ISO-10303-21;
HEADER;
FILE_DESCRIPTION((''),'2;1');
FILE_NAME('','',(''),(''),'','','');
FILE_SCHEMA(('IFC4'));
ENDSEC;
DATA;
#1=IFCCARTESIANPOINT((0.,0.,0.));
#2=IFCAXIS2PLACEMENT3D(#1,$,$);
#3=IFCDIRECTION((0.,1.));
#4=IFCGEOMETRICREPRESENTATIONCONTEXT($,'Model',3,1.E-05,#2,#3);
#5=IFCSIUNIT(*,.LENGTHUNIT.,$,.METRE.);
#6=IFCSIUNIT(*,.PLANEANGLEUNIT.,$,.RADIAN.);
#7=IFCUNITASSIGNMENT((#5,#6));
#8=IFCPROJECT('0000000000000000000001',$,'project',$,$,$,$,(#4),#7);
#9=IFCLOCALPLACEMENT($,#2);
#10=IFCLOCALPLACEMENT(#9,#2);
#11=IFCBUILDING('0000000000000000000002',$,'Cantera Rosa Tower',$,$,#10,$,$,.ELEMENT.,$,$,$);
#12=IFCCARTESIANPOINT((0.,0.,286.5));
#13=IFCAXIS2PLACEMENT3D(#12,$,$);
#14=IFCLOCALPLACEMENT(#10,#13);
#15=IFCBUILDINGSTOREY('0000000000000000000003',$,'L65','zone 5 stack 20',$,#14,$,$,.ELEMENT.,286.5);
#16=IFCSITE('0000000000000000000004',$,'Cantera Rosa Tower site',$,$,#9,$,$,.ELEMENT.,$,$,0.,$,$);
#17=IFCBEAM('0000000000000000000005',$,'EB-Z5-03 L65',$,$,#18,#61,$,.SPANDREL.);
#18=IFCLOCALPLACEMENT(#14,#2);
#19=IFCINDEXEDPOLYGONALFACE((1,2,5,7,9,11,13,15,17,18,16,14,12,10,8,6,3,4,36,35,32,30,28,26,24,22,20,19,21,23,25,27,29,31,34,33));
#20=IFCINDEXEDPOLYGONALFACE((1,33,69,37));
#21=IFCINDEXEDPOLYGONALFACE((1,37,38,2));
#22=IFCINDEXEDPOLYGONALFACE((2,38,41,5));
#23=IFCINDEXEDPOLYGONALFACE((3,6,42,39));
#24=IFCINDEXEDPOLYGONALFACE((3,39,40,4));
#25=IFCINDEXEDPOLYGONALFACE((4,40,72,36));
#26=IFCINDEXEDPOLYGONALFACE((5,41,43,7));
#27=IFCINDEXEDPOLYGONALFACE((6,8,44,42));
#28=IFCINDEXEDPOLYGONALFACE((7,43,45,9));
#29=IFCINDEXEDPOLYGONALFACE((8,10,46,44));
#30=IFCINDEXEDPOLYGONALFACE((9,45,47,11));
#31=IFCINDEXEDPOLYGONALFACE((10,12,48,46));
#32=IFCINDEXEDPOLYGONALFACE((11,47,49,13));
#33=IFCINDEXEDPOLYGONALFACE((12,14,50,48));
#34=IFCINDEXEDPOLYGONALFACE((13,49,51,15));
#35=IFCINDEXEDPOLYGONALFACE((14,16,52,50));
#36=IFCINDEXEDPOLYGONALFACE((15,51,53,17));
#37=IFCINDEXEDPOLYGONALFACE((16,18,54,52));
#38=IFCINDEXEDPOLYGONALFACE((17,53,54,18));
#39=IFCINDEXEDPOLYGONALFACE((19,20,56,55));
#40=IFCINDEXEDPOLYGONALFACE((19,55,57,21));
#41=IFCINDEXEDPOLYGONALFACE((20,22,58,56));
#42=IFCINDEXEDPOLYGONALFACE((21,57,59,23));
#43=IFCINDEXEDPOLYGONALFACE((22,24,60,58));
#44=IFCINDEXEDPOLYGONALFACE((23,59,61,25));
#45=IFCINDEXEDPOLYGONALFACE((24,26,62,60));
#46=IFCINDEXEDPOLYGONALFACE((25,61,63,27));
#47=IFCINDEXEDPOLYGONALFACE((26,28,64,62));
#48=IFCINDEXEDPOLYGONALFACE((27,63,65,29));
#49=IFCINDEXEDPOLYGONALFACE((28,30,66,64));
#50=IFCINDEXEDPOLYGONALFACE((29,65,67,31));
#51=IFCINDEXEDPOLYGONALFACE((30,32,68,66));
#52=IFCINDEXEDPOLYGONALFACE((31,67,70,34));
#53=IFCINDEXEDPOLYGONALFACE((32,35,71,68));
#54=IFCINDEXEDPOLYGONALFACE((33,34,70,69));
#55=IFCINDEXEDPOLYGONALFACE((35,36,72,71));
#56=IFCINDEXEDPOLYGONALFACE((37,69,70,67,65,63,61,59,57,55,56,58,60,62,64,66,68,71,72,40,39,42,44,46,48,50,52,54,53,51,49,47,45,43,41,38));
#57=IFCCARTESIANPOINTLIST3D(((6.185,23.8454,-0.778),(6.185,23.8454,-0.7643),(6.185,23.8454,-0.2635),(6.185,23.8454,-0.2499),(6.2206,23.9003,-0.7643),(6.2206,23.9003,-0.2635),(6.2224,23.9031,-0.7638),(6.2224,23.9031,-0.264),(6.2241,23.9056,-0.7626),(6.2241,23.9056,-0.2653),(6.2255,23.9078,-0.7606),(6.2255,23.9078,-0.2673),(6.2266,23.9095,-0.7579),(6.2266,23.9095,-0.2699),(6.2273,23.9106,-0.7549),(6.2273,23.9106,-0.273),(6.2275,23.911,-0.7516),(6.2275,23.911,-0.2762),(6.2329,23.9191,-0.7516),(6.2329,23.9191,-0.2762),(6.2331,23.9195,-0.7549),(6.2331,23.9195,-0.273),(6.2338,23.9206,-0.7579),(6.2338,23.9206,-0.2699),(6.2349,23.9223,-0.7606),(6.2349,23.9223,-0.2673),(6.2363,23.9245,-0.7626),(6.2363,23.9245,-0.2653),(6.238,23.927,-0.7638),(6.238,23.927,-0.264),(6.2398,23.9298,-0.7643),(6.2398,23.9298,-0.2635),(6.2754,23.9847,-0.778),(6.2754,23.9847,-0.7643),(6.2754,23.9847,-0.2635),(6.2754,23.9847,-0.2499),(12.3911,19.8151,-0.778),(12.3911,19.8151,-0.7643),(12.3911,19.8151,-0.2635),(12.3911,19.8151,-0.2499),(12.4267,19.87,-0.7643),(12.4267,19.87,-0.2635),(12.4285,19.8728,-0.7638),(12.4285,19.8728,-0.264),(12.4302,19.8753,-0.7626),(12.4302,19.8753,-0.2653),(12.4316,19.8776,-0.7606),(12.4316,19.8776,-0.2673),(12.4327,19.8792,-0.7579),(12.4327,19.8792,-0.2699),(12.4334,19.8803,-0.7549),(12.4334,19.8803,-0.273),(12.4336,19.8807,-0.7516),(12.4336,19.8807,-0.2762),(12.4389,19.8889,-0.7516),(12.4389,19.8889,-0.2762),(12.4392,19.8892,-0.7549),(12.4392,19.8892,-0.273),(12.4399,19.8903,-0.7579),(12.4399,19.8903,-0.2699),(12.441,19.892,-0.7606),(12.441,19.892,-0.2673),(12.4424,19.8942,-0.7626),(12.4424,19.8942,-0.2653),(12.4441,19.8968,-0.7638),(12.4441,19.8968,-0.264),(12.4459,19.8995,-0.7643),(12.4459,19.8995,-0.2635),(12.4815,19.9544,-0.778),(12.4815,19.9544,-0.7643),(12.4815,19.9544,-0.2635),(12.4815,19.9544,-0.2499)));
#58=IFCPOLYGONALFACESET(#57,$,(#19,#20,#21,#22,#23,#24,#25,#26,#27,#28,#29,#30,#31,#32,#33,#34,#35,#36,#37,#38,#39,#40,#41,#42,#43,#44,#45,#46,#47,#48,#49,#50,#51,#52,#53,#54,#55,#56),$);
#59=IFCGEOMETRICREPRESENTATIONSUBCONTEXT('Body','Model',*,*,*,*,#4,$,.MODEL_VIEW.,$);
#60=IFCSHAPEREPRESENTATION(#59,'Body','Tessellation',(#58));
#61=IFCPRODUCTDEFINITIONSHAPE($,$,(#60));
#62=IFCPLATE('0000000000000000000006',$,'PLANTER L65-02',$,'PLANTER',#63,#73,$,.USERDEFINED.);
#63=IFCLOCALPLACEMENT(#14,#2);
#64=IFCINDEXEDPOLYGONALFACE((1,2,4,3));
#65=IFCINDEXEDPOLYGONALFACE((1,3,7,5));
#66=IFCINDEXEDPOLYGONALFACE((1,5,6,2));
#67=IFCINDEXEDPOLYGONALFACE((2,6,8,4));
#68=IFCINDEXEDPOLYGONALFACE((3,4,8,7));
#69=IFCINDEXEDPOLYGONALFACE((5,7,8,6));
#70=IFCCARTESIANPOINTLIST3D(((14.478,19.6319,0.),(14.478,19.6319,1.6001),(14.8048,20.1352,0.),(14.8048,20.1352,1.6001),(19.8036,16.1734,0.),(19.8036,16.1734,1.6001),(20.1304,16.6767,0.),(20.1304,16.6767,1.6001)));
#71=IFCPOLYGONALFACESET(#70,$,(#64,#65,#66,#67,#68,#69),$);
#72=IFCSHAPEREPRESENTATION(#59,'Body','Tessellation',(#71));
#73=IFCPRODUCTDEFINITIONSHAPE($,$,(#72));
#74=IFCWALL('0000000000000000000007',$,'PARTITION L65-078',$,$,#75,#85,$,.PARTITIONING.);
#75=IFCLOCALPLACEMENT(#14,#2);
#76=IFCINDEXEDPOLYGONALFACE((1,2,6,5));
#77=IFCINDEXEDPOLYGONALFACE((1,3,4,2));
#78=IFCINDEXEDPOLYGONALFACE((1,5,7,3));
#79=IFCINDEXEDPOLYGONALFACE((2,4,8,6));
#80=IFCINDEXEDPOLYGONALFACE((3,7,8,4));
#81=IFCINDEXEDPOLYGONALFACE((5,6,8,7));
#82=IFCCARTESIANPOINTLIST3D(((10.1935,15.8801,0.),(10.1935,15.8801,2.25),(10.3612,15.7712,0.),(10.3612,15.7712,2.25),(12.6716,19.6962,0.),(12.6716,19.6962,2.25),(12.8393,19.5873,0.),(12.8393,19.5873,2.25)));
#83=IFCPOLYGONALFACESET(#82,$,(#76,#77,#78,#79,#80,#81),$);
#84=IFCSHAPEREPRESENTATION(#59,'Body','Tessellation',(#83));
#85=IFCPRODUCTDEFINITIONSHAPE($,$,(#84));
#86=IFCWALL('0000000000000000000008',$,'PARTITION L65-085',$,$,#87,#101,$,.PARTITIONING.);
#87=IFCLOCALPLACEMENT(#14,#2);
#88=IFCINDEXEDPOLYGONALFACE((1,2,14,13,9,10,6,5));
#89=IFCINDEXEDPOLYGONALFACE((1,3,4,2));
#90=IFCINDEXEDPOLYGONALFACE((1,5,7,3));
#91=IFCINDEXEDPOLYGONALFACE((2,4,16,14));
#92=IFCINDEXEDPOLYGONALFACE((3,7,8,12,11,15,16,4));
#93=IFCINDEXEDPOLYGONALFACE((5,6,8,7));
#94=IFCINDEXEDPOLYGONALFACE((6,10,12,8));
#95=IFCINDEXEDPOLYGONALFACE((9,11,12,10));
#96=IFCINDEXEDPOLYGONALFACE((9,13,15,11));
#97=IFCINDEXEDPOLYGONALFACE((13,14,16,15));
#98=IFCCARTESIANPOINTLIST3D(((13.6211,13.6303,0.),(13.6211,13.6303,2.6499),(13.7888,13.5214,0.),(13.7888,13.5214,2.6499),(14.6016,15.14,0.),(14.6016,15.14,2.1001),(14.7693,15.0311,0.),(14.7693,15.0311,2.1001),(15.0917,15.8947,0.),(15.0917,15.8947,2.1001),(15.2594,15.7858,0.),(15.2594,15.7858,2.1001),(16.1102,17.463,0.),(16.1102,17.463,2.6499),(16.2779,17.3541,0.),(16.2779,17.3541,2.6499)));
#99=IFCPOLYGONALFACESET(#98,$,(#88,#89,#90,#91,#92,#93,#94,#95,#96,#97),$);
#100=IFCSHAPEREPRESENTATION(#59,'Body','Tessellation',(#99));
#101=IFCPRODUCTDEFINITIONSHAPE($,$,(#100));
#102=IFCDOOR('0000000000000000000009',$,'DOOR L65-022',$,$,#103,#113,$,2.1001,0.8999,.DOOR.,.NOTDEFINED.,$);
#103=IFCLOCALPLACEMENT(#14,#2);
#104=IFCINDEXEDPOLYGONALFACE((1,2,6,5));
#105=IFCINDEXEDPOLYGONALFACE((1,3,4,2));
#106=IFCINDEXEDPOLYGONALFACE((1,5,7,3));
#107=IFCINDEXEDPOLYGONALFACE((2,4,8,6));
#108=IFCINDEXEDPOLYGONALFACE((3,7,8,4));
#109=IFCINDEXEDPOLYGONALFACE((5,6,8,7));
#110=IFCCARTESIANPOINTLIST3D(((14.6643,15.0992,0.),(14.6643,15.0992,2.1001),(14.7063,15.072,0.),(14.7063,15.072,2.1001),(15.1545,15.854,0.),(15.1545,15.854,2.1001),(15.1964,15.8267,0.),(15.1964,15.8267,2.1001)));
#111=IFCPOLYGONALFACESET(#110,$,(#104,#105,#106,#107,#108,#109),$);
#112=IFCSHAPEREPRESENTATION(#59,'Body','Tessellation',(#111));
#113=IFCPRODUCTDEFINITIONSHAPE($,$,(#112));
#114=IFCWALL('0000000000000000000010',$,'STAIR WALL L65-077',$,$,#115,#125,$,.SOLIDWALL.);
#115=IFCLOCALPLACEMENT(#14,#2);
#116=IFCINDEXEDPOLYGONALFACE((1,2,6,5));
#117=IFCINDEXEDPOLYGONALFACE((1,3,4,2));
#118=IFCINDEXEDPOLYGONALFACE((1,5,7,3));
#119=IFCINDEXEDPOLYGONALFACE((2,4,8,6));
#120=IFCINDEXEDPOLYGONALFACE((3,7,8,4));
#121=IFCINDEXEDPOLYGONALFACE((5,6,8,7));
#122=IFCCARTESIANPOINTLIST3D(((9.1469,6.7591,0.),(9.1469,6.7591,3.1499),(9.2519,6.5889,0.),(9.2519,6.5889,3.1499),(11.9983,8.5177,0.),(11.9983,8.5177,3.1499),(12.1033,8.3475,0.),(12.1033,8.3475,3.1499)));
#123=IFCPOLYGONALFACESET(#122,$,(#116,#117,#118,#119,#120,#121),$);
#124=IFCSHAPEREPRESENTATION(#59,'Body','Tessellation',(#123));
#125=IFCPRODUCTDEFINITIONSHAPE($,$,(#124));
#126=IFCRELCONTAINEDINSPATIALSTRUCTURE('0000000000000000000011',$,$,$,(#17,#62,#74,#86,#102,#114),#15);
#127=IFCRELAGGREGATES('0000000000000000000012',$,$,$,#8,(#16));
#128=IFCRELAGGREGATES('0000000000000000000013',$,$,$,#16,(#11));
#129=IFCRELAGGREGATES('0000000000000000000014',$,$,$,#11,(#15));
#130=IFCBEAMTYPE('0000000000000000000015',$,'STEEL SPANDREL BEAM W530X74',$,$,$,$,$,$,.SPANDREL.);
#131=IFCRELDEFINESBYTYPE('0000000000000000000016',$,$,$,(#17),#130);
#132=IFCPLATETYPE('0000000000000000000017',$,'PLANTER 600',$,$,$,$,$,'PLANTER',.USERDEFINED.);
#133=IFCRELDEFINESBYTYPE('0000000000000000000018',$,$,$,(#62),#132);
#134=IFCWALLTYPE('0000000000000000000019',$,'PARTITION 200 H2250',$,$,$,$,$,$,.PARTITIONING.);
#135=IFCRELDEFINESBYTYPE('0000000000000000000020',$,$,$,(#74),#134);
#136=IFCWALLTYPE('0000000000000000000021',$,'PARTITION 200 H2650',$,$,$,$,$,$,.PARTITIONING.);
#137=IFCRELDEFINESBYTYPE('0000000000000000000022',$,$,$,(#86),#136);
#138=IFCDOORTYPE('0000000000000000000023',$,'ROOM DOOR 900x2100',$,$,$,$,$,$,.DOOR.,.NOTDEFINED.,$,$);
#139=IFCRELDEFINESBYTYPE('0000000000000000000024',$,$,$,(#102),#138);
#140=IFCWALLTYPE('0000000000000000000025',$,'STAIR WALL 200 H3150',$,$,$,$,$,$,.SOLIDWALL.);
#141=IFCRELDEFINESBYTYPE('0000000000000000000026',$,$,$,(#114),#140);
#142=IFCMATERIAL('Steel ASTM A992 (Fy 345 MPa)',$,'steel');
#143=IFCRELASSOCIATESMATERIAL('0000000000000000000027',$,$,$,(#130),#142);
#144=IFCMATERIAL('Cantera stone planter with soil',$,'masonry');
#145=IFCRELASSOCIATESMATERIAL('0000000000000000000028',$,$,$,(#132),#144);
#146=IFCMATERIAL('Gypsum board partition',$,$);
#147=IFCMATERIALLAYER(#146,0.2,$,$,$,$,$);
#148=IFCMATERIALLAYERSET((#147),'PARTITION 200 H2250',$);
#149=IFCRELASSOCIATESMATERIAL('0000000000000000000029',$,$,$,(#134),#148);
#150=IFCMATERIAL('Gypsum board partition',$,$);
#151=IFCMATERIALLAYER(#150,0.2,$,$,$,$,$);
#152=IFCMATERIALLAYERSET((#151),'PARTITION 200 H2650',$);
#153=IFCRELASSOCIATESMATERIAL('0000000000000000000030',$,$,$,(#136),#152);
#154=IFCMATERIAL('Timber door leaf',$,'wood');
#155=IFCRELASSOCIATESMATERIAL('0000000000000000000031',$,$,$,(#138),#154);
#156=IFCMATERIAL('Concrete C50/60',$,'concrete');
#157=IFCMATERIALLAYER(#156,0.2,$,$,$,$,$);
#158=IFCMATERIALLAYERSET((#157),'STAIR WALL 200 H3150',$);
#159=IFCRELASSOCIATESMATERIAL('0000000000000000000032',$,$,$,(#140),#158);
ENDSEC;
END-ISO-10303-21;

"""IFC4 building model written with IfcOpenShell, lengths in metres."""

from ifc_helpers import new_model, si_unit, direction, frame, frame_2d, origin, origin_2d, place, context, subcontext, project, spatial, rectangle, i_section, extrude, material, layer, layer_set, material_profile, profile_set, type_object, element, fill, save


model = new_model("IFC4")

# Units and contexts
model_context = context("Model", 3, precision=1e-05, world=origin(), true_north=direction((0.0, 1.0)))
body_context = subcontext(model_context, "Body", "Model", "MODEL_VIEW")
ifc_project = project(units=[si_unit("LENGTHUNIT", "METRE"), si_unit("PLANEANGLEUNIT", "RADIAN")], contexts=[model_context])

# Site, building, storey
site_placement = place(None, origin())
site = spatial("IfcSite", under=ifc_project, at=site_placement, Name="Cantera Rosa Tower site", CompositionType="ELEMENT", RefElevation=0.0)
building_placement = place(site_placement, origin())
building = spatial("IfcBuilding", under=site, at=building_placement, Name="Cantera Rosa Tower", CompositionType="ELEMENT")
storey_placement = place(building_placement, frame((0.0, 0.0, 286.5)))
storey = spatial("IfcBuildingStorey", under=building, at=storey_placement, Name="L65", Description="zone 5 stack 20", CompositionType="ELEMENT", Elevation=286.5)

# Beam
ifc_material_1 = material(Name="Steel ASTM A992 (Fy 345 MPa)", Category="steel")
ifc_material_profile_1 = material_profile(ifc_material_1, i_section(OverallWidth=0.166, OverallDepth=0.5281, WebThickness=0.0098, FlangeThickness=0.0137, FilletRadius=0.0127, at=origin_2d()), Name="W530X74")
ifc_profile_set_1 = profile_set([ifc_material_profile_1], Name="Steel ASTM A992 (Fy 345 MPa)")
beam_type_1 = type_object("IfcBeamType", Name="STEEL SPANDREL BEAM W530X74", PredefinedType="SPANDREL", material=ifc_profile_set_1)
beam_1_placement = place(storey_placement, frame((12.4363, 19.8848, -0.5139), z_axis=(-0.83867, 0.54464, 0.0), x_axis=(-0.54464, -0.83867, 0.0)))
element("IfcBeam", 1, at=beam_1_placement, inside=storey, type_object=beam_type_1, Name="EB-Z5-03 L65", PredefinedType="SPANDREL", context=body_context, shape_type="SweptSolid", body=[
    extrude(i_section(OverallWidth=0.166, OverallDepth=0.5281, WebThickness=0.0098, FlangeThickness=0.0137, FilletRadius=0.0127, at=origin_2d()), origin(), (0.0, 0.0, 1.0), 7.3999),
])

# Plate
ifc_material_2 = material(Name="Cantera stone planter with soil", Category="masonry")
plate_type = type_object("IfcPlateType", Name="PLANTER 600", ElementType="PLANTER", PredefinedType="USERDEFINED", material=ifc_material_2)
plate_placement = place(storey_placement, frame((17.3042, 18.1543, 0.0), z_axis=(0.0, 0.0, 1.0), x_axis=(-0.838671, 0.544639, 0.0)))
element("IfcPlate", 2, at=plate_placement, inside=storey, type_object=plate_type, Name="PLANTER L65-02", ObjectType="PLANTER", PredefinedType="USERDEFINED", context=body_context, shape_type="SweptSolid", body=[
    extrude(rectangle(XDim=6.3501, YDim=0.6001, at=origin_2d()), origin(), (0.0, 0.0, 1.0), 1.6001),
])

# Wall
ifc_material_3 = material(Name="Gypsum board partition")
ifc_layer_1 = layer(ifc_material_3, 0.2)
ifc_layer_set_1 = layer_set([ifc_layer_1], Name="PARTITION 200 H2250")
wall_type_1 = type_object("IfcWallType", Name="PARTITION 200 H2250", PredefinedType="PARTITIONING", material=ifc_layer_set_1)
wall_1_placement = place(storey_placement, frame((12.7554, 19.6416, 0.0), z_axis=(0.0, 0.0, 1.0), x_axis=(-0.54463, -0.838676, 0.0)))
element("IfcWall", 3, at=wall_1_placement, inside=storey, type_object=wall_type_1, Name="PARTITION L65-078", PredefinedType="PARTITIONING", context=body_context, shape_type="SweptSolid", body=[
    extrude(rectangle(XDim=4.55, YDim=0.2, at=frame_2d((2.2749, 0.0))), origin(), (0.0, 0.0, 1.0), 2.25),
])

# Wall, opening, door
ifc_material_4 = material(Name="Gypsum board partition")
ifc_layer_2 = layer(ifc_material_4, 0.2)
ifc_layer_set_2 = layer_set([ifc_layer_2], Name="PARTITION 200 H2650")
wall_type_2 = type_object("IfcWallType", Name="PARTITION 200 H2650", PredefinedType="PARTITIONING", material=ifc_layer_set_2)
wall_2_placement = place(storey_placement, frame((16.1941, 17.4087, 0.0), z_axis=(0.0, 0.0, 1.0), x_axis=(-0.544637, -0.838672, 0.0)))
wall_2 = element("IfcWall", 4, at=wall_2_placement, inside=storey, type_object=wall_type_2, Name="PARTITION L65-085", PredefinedType="PARTITIONING", context=body_context, shape_type="SweptSolid", body=[
    extrude(rectangle(XDim=4.5701, YDim=0.2, at=frame_2d((2.2852, 0.0))), origin(), (0.0, 0.0, 1.0), 2.6499),
])
opening_1_placement = place(wall_2_placement, frame((1.8701, 0.0, 0.0)))
opening_1 = element("IfcOpeningElement", 5, at=opening_1_placement, cuts=wall_2, PredefinedType="OPENING", context=body_context, shape_type="SweptSolid", body=[
    extrude(rectangle(XDim=0.8999, YDim=2.1001, at=frame_2d((0.45, 1.05))), frame((0.0, 0.1099, 0.0), z_axis=(0.0, -1.0, 0.0), x_axis=(1.0, 0.0, 0.0)), (0.0, 0.0, 1.0), 0.22),
])
ifc_material_5 = material(Name="Timber door leaf", Category="wood")
door_type_1 = type_object("IfcDoorType", Name="ROOM DOOR 900x2100", OperationType="NOTDEFINED", PredefinedType="DOOR", material=ifc_material_5)
door_1_placement = place(opening_1_placement, origin())
door_1 = element("IfcDoor", 6, at=door_1_placement, inside=storey, type_object=door_type_1, Name="DOOR L65-022", OperationType="NOTDEFINED", OverallHeight=2.1001, OverallWidth=0.8999, PredefinedType="DOOR", context=body_context, shape_type="SweptSolid", body=[
    extrude(rectangle(XDim=0.8999, YDim=2.1001, at=frame_2d((0.45, 1.05))), frame((0.0, 0.0249, 0.0), z_axis=(0.0, -1.0, 0.0), x_axis=(1.0, 0.0, 0.0)), (0.0, 0.0, 1.0), 0.05),
])
fill(opening_1, door_1)

# Wall
ifc_material_6 = material(Name="Concrete C50/60", Category="concrete")
ifc_layer_3 = layer(ifc_material_6, 0.2)
ifc_layer_set_3 = layer_set([ifc_layer_3], Name="STAIR WALL 200 H3150")
wall_type_3 = type_object("IfcWallType", Name="STAIR WALL 200 H3150", PredefinedType="SOLIDWALL", material=ifc_layer_set_3)
wall_3_placement = place(storey_placement, frame((12.0508, 8.4326, 0.0), z_axis=(0.0, 0.0, 1.0), x_axis=(-0.85114, -0.524939, 0.0)))
element("IfcWall", 7, at=wall_3_placement, inside=storey, type_object=wall_type_3, Name="STAIR WALL L65-077", PredefinedType="SOLIDWALL", context=body_context, shape_type="SweptSolid", body=[
    extrude(rectangle(XDim=3.3501, YDim=0.2, at=frame_2d((1.675, 0.0))), origin(), (0.0, 0.0, 1.0), 3.1499),
])

save(model, "model.ifc")
